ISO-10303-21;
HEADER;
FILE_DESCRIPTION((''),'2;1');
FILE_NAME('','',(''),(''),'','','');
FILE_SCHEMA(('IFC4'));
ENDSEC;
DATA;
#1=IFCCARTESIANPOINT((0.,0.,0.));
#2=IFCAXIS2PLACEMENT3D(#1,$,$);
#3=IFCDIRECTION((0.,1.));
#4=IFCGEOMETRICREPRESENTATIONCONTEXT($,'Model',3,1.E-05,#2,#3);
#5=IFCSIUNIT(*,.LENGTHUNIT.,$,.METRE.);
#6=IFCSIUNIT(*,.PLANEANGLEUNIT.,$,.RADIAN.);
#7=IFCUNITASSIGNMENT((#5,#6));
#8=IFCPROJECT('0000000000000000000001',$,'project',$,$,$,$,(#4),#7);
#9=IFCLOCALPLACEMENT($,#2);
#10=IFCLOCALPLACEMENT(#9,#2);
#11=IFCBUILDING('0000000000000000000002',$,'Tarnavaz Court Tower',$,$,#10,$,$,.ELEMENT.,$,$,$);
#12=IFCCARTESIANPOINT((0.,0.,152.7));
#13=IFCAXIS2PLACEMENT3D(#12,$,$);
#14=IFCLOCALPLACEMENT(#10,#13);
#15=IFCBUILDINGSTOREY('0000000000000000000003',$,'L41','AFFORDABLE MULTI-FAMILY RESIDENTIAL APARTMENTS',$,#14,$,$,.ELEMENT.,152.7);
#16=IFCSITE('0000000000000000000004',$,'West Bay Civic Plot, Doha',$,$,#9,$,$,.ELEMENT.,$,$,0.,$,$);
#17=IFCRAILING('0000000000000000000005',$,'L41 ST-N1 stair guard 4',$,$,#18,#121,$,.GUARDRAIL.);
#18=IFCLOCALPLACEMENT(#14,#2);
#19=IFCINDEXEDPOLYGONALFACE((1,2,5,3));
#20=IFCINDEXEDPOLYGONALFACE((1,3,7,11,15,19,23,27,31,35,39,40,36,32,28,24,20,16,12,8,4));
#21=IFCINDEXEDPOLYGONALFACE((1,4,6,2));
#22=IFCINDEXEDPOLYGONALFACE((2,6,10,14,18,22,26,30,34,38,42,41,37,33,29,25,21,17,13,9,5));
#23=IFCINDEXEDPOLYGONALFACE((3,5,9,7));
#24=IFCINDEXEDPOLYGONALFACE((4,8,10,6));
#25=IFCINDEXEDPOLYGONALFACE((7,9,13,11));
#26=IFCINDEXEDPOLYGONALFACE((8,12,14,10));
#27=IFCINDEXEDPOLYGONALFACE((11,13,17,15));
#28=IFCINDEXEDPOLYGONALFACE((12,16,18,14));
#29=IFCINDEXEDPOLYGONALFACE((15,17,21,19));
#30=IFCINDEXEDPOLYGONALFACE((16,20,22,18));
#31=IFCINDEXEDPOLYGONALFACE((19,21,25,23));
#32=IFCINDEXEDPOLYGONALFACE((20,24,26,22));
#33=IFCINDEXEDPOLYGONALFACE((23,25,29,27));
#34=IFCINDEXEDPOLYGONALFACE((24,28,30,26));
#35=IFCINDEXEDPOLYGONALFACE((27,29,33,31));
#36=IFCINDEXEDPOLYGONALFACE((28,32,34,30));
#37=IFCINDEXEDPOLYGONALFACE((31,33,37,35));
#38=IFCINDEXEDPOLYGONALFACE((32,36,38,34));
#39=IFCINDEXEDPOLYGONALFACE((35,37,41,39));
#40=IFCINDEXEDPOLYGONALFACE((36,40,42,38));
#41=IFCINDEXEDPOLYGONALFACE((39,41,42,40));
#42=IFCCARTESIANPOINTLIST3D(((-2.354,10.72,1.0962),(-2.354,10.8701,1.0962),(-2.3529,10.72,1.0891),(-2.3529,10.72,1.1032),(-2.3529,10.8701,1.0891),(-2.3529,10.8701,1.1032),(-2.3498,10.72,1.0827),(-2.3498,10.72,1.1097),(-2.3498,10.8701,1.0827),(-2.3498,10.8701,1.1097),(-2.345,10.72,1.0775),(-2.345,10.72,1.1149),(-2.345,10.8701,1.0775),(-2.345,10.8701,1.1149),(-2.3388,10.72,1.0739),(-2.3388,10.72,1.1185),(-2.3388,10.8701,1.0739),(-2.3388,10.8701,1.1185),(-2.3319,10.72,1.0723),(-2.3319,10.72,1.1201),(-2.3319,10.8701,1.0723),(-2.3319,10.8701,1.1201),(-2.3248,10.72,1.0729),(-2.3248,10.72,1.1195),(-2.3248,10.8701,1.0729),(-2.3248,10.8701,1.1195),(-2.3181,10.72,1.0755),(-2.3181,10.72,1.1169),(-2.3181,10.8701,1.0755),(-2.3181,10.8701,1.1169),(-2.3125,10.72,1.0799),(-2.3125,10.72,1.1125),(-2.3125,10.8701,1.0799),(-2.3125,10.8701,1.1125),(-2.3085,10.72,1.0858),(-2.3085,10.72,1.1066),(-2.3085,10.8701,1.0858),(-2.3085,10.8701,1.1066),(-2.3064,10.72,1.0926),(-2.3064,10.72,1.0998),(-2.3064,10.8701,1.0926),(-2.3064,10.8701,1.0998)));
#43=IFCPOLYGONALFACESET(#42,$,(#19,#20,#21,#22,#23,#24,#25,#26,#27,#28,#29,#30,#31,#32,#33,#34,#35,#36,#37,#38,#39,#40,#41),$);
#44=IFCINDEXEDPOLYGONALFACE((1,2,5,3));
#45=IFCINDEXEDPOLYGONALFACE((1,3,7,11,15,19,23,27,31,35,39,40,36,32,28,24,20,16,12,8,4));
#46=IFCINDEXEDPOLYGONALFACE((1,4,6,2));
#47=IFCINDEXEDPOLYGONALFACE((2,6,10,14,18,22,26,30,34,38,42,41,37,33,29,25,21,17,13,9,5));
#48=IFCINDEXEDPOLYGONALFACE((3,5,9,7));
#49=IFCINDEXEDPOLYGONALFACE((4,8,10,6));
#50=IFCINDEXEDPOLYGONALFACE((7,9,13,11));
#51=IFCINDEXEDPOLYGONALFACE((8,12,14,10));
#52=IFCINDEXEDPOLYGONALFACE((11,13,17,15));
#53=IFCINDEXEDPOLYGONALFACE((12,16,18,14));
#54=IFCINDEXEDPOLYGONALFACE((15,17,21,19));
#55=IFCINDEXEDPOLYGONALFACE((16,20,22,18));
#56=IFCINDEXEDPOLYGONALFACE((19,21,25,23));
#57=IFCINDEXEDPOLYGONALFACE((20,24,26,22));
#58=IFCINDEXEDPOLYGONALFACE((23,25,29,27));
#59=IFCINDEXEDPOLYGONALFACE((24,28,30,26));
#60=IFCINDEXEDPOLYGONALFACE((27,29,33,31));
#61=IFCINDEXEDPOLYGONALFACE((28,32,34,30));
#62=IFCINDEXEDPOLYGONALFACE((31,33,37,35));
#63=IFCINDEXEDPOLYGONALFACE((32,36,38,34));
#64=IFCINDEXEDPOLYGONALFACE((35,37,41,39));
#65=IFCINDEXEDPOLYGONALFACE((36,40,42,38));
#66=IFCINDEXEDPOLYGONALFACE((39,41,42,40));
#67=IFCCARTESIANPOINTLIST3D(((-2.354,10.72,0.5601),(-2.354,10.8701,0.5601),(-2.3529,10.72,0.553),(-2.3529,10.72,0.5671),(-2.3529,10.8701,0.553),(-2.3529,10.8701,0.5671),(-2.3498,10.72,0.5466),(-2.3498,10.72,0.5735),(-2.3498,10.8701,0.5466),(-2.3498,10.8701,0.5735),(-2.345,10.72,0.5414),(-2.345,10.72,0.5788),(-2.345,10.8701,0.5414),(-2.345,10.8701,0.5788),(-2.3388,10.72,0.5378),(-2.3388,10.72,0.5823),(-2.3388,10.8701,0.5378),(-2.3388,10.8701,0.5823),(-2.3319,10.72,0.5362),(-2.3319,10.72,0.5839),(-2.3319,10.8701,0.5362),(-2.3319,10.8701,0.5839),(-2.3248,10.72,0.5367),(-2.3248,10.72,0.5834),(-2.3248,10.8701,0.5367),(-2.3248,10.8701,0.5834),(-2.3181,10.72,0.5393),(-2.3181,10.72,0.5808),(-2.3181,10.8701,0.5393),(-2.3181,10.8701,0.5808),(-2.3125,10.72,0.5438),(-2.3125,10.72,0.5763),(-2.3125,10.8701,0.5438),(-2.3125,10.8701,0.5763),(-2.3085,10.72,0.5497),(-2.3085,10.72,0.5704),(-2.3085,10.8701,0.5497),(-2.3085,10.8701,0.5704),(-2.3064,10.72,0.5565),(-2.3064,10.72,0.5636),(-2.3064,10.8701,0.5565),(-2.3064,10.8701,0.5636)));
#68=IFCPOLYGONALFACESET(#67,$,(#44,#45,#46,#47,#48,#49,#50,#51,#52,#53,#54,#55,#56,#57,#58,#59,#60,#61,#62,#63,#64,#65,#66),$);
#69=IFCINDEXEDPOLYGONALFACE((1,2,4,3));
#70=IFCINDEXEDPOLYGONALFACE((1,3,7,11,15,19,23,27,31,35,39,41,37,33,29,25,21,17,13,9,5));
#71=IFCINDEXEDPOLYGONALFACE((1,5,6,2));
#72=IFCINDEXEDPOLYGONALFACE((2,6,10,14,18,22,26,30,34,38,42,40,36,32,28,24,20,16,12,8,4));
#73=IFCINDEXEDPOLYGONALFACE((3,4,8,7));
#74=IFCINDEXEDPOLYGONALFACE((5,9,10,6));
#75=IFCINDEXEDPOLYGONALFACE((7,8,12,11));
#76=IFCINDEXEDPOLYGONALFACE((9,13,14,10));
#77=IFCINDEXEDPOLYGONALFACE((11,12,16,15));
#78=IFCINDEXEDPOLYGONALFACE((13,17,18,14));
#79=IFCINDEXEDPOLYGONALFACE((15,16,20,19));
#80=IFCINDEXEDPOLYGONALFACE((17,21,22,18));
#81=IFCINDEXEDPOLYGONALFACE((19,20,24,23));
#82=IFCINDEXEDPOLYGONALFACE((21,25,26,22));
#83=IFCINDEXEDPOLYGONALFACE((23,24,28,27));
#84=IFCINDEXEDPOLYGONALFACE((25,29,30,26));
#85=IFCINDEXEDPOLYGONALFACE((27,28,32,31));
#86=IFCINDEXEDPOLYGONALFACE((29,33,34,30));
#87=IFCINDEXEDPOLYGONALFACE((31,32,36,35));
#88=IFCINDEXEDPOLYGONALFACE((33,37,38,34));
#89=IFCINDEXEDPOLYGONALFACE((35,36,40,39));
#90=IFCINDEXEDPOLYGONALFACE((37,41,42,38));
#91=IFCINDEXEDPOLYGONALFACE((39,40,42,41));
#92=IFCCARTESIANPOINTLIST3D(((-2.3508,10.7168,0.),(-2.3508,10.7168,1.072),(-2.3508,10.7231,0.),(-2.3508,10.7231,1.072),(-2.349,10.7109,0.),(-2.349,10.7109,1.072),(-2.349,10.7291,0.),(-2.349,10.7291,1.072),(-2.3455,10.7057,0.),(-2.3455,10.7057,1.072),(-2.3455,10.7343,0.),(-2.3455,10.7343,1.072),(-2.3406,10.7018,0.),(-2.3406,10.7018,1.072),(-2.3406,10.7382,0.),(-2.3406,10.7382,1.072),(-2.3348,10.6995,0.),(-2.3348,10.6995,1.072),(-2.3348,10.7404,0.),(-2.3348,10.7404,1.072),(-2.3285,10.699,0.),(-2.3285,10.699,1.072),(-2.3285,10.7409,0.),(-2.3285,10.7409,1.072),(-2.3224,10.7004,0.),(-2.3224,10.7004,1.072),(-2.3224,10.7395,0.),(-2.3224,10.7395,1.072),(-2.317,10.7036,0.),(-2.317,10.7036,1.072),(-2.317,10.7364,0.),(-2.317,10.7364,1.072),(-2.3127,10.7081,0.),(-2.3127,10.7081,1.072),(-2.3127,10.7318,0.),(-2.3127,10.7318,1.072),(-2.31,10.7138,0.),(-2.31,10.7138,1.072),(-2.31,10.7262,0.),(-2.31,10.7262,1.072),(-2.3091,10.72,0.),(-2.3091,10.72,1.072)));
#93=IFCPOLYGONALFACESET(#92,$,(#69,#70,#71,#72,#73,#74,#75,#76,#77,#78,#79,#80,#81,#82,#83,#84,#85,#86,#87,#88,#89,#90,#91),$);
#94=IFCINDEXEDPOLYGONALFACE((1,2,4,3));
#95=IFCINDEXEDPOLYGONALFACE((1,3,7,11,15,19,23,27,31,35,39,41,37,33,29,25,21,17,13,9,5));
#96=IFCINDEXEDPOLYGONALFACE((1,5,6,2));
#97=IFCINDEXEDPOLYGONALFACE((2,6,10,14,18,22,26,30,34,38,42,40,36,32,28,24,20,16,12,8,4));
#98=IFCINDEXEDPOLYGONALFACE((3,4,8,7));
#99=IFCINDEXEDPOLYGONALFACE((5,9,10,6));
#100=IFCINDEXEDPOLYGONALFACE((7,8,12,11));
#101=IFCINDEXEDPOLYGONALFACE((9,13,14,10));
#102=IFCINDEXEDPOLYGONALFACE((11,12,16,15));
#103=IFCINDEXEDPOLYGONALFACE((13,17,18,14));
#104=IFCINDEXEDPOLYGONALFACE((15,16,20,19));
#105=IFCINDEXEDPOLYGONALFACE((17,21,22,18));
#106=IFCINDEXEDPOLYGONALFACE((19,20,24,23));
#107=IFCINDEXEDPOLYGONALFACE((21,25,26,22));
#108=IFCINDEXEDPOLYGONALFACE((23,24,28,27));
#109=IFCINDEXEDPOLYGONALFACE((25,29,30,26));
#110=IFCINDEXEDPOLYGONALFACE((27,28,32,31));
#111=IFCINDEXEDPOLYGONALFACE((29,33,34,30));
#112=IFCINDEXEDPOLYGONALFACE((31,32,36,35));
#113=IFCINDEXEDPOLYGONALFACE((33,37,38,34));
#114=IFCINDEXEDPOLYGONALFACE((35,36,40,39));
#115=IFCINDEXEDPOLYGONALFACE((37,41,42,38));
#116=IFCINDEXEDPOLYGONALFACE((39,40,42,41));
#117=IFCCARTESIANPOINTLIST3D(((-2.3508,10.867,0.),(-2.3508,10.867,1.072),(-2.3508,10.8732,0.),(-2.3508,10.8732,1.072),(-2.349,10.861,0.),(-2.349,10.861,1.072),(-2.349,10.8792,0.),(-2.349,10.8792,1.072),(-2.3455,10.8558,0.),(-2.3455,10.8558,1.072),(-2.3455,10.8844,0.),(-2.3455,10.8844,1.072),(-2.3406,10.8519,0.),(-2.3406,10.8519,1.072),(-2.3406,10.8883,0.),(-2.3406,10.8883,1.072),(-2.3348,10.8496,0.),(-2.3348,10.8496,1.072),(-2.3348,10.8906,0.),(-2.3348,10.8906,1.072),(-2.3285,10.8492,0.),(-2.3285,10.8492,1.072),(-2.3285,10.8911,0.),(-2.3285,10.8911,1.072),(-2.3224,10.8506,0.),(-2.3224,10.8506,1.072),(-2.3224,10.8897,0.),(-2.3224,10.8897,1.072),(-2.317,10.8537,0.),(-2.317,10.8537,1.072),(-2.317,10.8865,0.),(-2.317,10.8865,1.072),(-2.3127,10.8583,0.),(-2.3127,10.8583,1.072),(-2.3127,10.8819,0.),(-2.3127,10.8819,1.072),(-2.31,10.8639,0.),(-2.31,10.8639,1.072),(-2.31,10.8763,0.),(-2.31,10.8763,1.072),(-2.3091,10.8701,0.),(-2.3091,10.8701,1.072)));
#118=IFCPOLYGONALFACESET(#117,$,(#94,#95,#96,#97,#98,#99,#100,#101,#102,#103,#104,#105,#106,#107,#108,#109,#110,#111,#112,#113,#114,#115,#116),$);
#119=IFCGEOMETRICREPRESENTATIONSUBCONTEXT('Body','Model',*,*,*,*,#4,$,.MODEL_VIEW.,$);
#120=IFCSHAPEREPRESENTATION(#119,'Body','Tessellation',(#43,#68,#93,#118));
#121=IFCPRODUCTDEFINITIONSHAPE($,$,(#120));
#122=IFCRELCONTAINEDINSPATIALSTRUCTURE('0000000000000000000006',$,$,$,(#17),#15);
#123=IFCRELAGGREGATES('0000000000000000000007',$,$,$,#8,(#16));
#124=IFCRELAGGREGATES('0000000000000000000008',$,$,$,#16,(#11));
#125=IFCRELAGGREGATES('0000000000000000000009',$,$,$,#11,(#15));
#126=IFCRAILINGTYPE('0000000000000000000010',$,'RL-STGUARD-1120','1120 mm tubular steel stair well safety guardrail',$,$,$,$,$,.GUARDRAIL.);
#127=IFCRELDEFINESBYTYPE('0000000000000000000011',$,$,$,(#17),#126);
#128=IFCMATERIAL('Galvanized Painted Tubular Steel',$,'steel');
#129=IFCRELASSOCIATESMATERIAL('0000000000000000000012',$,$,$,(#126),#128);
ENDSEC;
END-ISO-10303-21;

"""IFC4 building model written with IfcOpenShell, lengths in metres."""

from ifc_helpers import new_model, si_unit, direction, frame, origin, origin_2d, place, context, subcontext, project, spatial, circle, extrude, material, type_object, element, save


model = new_model("IFC4")

# Units and contexts
model_context = context("Model", 3, precision=1e-05, world=origin(), true_north=direction((0.0, 1.0)))
body_context = subcontext(model_context, "Body", "Model", "MODEL_VIEW")
ifc_project = project(units=[si_unit("LENGTHUNIT", "METRE"), si_unit("PLANEANGLEUNIT", "RADIAN")], contexts=[model_context])

# Site, building, storey
site_placement = place(None, origin())
site = spatial("IfcSite", under=ifc_project, at=site_placement, Name="West Bay Civic Plot, Doha", CompositionType="ELEMENT", RefElevation=0.0)
building_placement = place(site_placement, origin())
building = spatial("IfcBuilding", under=site, at=building_placement, Name="Tarnavaz Court Tower", CompositionType="ELEMENT")
storey_placement = place(building_placement, frame((0.0, 0.0, 152.7)))
storey = spatial("IfcBuildingStorey", under=building, at=storey_placement, Name="L41", Description="AFFORDABLE MULTI-FAMILY RESIDENTIAL APARTMENTS", CompositionType="ELEMENT", Elevation=152.7)

# Railing
ifc_material_1 = material(Name="Galvanized Painted Tubular Steel", Category="steel")
railing_type_1 = type_object("IfcRailingType", Name="RL-STGUARD-1120", Description="1120 mm tubular steel stair well safety guardrail", PredefinedType="GUARDRAIL", material=ifc_material_1)
railing_1_placement = place(storey_placement, frame((-2.3301, 10.72, 0.0)))
element("IfcRailing", 1, at=railing_1_placement, inside=storey, type_object=railing_type_1, Name="L41 ST-N1 stair guard 4", PredefinedType="GUARDRAIL", context=body_context, shape_type="SweptSolid", body=[
    extrude(circle(Radius=0.0239, at=origin_2d()), frame((0.0, 0.0, 1.0962), z_axis=(0.0, 1.0, 0.0), x_axis=(-1.0, 0.0, 0.0)), (0.0, 0.0, 1.0), 0.1501),
    extrude(circle(Radius=0.0239, at=origin_2d()), frame((0.0, 0.0, 0.5601), z_axis=(0.0, 1.0, 0.0), x_axis=(-1.0, 0.0, 0.0)), (0.0, 0.0, 1.0), 0.1501),
    extrude(circle(Radius=0.021, at=origin_2d()), origin(), (0.0, 0.0, 1.0), 1.072),
    extrude(circle(Radius=0.021, at=origin_2d()), frame((0.0, 0.1501, 0.0)), (0.0, 0.0, 1.0), 1.072),
])

save(model, "model.ifc")
